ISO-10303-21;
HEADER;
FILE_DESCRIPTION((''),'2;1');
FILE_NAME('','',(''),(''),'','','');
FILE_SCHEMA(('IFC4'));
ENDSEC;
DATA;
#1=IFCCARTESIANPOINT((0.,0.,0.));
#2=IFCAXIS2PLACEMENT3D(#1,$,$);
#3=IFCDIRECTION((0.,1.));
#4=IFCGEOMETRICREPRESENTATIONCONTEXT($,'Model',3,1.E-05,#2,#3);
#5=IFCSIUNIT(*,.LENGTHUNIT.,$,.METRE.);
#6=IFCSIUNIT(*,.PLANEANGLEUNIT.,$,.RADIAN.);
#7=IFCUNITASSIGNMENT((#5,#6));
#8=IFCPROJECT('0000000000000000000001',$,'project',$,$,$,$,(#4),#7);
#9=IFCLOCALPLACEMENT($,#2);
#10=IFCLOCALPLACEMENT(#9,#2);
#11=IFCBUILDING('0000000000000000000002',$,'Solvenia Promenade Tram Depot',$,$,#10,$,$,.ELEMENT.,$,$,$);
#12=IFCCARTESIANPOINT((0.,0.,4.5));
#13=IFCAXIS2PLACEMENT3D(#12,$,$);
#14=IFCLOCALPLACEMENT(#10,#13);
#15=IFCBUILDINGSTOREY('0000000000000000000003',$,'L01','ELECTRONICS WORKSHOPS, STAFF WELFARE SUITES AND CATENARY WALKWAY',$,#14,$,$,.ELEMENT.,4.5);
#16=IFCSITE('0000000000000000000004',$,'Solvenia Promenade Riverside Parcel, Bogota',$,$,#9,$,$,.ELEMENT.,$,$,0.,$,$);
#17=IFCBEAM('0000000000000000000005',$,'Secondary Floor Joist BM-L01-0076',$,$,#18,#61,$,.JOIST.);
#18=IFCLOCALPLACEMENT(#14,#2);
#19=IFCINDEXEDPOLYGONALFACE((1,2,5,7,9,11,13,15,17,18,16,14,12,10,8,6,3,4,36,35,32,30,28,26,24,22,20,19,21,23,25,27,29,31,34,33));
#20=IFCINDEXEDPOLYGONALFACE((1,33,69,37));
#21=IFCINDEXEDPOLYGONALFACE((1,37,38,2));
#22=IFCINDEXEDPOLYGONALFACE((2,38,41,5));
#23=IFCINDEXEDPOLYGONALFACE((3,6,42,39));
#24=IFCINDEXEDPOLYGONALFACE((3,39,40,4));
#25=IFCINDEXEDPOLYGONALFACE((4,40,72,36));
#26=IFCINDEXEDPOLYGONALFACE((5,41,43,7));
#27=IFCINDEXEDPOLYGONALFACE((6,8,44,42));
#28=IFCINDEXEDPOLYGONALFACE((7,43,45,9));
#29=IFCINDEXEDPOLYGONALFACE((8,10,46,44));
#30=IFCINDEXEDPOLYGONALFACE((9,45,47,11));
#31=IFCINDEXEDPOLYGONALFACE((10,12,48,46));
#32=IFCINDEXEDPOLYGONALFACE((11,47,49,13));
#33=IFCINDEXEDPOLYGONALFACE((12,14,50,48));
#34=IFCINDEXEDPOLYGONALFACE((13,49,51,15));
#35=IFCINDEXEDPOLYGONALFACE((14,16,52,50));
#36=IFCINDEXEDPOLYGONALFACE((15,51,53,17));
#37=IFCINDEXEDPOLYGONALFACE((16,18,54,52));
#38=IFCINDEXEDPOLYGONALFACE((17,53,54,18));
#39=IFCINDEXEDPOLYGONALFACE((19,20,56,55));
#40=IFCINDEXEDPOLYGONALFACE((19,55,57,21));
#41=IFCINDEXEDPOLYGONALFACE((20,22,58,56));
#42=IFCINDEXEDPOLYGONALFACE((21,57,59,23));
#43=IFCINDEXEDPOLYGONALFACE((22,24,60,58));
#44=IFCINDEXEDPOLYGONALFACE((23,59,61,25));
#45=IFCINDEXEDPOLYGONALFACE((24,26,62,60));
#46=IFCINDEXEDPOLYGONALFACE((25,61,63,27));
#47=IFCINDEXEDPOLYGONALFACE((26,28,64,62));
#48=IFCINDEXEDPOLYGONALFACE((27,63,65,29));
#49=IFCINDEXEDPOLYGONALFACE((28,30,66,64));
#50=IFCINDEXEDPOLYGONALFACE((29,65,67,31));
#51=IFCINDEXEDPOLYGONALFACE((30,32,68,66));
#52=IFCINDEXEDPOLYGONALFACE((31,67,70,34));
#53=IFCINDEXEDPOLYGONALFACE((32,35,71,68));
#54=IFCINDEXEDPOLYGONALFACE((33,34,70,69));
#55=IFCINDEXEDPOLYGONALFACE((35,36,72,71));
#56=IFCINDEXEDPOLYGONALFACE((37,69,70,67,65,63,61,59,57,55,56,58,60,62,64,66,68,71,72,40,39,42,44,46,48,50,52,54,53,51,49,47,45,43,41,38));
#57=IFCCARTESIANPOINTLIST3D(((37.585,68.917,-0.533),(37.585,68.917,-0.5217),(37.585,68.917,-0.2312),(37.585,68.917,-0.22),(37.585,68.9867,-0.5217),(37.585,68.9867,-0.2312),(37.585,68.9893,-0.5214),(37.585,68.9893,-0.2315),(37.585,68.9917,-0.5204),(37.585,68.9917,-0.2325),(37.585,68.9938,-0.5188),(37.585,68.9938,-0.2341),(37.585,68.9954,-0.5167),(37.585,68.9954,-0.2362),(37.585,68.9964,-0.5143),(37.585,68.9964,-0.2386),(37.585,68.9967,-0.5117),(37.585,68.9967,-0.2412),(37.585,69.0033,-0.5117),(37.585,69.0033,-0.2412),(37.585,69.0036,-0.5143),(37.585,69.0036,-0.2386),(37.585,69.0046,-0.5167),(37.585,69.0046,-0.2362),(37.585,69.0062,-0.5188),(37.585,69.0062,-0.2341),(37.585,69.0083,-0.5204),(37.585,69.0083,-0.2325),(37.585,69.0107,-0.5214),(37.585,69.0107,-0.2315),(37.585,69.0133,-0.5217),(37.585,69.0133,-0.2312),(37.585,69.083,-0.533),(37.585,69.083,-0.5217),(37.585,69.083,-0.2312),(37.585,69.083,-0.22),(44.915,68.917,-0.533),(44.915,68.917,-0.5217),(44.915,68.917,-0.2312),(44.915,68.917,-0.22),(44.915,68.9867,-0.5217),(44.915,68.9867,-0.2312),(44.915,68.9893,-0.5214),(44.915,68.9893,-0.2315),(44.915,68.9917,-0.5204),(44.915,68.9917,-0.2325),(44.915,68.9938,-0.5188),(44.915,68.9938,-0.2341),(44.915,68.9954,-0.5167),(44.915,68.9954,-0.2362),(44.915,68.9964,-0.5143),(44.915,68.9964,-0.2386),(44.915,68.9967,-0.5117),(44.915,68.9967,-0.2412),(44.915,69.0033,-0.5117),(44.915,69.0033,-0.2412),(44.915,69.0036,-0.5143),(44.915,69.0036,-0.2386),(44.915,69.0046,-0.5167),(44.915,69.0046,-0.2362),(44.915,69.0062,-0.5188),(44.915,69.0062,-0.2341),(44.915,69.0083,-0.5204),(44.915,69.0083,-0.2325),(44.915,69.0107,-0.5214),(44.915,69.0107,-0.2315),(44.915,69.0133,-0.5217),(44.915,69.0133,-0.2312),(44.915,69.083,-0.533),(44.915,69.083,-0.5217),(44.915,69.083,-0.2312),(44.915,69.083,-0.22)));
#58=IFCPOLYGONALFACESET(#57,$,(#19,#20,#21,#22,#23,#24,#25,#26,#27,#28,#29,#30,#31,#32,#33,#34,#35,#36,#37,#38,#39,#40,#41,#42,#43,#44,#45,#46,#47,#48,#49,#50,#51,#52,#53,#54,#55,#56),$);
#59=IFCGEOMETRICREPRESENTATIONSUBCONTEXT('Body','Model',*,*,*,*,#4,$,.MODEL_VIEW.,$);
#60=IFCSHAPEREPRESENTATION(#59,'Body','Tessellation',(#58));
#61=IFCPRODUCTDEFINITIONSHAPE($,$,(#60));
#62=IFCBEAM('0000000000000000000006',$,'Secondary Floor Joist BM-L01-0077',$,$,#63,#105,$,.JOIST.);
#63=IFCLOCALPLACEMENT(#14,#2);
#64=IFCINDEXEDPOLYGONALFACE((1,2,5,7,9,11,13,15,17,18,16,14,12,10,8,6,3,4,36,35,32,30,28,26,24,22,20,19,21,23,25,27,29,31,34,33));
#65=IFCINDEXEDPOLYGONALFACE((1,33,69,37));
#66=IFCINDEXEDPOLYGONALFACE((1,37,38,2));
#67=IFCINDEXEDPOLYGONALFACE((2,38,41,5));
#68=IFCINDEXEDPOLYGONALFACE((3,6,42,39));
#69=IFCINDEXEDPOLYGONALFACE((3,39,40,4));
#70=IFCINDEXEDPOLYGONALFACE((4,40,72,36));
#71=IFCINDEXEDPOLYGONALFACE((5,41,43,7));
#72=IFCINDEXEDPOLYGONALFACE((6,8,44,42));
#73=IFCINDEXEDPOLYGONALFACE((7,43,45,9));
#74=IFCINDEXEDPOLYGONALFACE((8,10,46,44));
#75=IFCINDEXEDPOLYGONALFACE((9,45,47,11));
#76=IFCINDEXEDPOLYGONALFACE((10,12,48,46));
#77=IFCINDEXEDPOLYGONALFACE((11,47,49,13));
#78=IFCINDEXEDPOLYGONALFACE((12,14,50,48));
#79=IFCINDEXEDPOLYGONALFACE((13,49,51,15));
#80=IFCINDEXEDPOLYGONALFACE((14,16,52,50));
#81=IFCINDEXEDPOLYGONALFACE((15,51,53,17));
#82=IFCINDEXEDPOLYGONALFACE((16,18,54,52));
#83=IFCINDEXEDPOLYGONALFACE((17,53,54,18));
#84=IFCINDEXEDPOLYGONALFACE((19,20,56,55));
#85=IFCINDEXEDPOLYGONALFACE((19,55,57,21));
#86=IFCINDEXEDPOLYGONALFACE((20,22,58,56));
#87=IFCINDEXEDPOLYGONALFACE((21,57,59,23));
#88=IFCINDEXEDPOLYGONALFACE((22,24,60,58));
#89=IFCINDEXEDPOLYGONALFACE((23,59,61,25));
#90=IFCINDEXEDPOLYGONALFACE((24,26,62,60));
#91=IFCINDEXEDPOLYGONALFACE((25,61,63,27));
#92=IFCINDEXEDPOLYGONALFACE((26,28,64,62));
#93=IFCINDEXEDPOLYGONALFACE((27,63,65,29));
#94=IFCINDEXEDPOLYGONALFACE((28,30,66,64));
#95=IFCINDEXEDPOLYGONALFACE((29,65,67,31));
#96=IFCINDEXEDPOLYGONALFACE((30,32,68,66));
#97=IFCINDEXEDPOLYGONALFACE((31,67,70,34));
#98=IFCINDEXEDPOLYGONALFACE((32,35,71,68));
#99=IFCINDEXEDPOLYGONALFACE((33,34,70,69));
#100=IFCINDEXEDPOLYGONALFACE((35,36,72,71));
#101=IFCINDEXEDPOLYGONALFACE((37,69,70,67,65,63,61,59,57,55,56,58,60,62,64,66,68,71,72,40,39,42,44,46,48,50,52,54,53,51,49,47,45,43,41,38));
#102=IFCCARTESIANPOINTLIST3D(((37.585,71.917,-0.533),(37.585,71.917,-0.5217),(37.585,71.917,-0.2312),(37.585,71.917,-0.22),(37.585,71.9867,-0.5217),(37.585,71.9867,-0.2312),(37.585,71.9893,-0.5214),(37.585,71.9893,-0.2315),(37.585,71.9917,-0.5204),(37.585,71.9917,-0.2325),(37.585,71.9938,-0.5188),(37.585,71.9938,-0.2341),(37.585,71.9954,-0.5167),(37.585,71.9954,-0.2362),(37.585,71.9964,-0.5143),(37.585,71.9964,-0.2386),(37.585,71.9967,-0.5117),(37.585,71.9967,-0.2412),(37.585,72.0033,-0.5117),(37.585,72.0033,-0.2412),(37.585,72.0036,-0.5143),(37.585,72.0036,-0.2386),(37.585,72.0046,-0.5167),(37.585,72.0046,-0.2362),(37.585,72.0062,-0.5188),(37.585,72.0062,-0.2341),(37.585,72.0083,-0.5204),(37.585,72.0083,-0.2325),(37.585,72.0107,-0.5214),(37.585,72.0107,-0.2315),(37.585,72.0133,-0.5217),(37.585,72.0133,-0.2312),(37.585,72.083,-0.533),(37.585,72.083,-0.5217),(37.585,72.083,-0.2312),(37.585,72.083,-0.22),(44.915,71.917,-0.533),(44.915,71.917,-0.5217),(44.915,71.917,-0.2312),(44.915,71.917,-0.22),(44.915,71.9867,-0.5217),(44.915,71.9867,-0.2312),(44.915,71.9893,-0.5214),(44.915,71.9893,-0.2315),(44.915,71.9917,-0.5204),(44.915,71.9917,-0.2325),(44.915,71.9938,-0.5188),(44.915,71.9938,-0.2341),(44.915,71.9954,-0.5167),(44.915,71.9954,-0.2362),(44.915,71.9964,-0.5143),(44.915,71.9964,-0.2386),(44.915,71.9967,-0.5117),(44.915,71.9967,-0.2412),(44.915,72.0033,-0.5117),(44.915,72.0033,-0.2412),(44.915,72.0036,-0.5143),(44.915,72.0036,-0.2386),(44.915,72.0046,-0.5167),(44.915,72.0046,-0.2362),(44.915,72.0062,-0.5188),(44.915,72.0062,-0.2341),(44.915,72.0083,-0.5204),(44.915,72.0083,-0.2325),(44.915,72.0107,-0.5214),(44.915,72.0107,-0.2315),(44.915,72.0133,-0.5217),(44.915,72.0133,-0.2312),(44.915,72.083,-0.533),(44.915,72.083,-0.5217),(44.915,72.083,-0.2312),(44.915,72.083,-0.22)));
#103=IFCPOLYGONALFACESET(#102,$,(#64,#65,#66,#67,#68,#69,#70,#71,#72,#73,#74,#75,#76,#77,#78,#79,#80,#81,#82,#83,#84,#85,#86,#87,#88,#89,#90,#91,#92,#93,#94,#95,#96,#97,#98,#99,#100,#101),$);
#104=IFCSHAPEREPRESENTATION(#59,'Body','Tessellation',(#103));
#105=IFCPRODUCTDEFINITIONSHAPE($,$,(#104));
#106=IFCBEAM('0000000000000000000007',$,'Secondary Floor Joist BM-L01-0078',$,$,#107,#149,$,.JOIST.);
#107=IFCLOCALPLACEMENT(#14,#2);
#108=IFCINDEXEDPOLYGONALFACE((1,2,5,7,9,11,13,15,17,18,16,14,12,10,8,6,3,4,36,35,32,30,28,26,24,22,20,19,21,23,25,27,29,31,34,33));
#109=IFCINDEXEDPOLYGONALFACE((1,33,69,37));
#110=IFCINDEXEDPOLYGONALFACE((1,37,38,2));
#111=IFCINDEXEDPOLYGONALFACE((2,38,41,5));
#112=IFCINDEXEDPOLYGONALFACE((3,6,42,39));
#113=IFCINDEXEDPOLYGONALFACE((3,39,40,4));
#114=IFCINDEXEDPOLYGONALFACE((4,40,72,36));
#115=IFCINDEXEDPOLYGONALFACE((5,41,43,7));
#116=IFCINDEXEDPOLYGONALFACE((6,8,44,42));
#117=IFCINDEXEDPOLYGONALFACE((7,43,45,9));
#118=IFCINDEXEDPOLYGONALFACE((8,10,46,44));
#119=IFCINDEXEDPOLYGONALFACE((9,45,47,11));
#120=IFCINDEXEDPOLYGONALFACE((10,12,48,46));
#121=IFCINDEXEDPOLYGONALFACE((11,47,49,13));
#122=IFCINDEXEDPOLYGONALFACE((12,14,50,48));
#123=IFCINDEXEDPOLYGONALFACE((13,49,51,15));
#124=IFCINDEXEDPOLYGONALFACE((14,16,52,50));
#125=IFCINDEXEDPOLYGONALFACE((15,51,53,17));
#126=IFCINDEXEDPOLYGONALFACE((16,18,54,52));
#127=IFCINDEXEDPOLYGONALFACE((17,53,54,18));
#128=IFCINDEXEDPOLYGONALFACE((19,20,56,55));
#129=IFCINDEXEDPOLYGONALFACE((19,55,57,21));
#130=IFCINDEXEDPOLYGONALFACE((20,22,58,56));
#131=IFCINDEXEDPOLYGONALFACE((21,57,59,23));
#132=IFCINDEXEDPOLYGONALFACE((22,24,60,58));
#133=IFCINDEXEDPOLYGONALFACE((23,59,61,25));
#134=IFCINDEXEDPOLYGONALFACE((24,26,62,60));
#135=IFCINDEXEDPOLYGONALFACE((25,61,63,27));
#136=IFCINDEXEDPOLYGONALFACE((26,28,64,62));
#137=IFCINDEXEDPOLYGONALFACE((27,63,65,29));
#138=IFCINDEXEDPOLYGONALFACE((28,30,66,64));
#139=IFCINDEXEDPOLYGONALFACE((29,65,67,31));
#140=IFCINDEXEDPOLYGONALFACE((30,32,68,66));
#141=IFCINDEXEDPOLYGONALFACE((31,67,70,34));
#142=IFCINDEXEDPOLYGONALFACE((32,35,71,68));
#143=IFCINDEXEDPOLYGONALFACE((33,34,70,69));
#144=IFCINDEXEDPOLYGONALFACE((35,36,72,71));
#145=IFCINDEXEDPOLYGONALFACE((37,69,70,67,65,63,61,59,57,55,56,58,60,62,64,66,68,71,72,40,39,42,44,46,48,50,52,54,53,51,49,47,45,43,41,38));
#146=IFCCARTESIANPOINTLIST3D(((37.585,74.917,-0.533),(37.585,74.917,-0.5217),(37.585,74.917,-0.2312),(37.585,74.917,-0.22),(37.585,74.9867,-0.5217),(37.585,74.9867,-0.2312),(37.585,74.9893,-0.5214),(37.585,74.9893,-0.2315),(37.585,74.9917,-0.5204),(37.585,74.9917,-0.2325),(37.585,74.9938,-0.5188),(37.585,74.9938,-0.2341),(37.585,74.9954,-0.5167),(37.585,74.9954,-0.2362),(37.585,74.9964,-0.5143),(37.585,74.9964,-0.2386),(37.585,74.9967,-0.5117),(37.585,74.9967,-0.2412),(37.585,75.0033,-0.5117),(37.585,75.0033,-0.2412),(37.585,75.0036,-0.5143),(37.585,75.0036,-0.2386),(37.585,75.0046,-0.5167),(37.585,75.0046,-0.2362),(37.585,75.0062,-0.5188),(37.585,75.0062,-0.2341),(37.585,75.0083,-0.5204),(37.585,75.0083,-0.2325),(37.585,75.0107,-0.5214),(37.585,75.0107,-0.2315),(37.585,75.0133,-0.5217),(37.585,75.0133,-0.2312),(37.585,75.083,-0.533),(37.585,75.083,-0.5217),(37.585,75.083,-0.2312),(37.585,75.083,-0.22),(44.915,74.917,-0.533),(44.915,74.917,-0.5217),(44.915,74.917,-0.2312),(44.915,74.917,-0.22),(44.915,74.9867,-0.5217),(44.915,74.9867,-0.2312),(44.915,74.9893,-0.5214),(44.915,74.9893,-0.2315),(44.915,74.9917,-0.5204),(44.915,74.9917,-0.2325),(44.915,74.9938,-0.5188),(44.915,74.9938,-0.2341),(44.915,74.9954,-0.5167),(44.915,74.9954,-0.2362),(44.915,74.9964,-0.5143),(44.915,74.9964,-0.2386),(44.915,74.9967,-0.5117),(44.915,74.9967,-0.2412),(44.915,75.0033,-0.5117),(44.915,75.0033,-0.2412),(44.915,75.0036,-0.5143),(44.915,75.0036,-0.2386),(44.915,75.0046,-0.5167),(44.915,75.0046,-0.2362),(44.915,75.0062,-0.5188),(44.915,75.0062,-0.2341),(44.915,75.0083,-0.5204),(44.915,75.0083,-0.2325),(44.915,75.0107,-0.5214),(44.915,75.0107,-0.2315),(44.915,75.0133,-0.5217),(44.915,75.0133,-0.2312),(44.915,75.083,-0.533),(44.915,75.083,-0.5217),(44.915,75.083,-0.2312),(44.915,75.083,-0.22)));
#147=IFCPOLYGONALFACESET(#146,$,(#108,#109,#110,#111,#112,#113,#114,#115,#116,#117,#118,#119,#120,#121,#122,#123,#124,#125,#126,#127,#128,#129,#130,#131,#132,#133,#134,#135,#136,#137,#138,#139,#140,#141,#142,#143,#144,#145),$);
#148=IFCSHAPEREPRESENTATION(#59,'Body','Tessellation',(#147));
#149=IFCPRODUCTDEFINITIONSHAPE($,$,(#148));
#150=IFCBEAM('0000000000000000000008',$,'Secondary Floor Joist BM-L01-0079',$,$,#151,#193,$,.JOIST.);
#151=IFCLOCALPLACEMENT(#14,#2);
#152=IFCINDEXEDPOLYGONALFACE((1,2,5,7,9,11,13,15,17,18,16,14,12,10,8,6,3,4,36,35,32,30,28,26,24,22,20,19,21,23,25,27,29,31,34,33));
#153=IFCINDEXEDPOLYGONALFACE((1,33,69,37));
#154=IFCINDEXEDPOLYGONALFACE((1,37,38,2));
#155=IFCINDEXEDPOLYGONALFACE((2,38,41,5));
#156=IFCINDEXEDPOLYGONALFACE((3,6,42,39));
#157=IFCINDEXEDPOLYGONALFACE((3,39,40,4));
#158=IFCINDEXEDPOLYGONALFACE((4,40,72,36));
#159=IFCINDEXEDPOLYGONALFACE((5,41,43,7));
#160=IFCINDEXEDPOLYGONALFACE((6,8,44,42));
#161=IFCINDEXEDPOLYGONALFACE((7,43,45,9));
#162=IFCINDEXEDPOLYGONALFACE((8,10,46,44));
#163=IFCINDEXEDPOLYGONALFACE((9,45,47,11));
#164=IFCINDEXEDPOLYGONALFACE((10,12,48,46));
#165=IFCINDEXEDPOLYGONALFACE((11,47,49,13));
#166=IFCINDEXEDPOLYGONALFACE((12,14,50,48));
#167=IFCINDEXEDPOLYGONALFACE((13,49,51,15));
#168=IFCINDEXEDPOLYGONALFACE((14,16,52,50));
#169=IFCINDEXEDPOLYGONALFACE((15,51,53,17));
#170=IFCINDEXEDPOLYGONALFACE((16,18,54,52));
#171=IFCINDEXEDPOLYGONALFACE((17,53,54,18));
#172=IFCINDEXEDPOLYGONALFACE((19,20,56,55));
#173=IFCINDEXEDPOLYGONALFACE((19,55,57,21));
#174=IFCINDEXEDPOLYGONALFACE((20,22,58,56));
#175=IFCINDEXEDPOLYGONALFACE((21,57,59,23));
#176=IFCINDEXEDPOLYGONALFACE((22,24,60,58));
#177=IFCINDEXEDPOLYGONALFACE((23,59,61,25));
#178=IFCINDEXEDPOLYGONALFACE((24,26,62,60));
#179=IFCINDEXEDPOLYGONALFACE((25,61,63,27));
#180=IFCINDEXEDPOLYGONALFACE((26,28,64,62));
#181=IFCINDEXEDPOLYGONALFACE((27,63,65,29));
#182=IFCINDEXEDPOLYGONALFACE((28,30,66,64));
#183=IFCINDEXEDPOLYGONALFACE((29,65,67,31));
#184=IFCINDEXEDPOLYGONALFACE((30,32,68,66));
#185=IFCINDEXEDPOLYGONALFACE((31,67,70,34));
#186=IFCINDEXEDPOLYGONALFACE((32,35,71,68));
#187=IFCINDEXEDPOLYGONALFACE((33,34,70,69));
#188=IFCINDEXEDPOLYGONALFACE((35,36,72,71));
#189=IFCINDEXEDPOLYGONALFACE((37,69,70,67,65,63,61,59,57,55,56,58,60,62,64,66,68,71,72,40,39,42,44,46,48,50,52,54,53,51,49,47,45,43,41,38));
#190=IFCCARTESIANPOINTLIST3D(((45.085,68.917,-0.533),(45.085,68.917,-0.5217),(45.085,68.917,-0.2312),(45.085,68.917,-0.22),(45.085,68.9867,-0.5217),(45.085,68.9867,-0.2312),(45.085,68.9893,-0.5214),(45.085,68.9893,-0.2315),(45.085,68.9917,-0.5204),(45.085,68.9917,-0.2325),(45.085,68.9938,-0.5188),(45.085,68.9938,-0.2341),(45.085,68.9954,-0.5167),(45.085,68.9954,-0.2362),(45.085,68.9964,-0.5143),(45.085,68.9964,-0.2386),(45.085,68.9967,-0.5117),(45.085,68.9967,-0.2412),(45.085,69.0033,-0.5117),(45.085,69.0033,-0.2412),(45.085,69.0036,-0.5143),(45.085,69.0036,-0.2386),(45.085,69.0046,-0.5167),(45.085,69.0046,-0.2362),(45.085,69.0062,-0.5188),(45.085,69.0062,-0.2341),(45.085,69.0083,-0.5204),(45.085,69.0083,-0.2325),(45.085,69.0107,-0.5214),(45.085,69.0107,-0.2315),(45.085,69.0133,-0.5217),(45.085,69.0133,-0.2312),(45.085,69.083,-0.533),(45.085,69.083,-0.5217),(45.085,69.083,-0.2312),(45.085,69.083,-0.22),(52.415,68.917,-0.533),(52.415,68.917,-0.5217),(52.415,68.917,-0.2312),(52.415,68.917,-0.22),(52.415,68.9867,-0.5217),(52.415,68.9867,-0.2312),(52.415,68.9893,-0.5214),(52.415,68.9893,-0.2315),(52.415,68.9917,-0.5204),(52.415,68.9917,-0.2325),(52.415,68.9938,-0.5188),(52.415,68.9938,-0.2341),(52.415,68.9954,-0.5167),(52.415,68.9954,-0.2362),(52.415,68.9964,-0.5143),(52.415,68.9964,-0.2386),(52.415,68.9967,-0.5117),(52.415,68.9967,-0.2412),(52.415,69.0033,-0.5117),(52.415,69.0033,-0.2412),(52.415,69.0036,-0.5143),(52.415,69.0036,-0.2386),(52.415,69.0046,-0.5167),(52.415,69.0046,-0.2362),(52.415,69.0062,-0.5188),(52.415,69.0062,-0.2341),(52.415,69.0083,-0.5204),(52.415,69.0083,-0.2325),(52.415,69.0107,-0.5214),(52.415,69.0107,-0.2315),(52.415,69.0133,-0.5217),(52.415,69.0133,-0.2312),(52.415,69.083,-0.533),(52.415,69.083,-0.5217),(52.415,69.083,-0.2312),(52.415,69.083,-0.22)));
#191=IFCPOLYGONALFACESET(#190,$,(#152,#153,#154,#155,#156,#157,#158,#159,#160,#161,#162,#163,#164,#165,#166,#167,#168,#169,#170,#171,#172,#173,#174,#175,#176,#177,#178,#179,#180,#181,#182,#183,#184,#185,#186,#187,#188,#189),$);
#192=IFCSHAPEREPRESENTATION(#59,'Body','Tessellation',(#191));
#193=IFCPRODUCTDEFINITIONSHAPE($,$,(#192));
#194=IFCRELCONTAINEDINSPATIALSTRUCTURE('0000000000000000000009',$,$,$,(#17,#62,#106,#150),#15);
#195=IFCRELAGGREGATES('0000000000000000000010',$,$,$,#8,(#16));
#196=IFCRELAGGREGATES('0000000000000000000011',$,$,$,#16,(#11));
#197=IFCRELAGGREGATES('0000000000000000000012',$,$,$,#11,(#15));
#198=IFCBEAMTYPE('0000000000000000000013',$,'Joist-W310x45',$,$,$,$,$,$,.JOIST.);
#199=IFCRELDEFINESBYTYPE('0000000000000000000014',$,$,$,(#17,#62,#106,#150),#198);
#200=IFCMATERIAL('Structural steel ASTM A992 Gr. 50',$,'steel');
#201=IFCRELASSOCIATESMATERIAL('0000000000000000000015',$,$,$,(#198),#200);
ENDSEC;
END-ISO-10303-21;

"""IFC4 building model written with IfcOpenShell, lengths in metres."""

from ifc_helpers import new_model, si_unit, direction, frame, origin, origin_2d, place, context, subcontext, project, spatial, i_section, extrude, material, material_profile, profile_set, type_object, element, save


model = new_model("IFC4")

# Units and contexts
model_context = context("Model", 3, precision=1e-05, world=origin(), true_north=direction((0.0, 1.0)))
body_context = subcontext(model_context, "Body", "Model", "MODEL_VIEW")
ifc_project = project(units=[si_unit("LENGTHUNIT", "METRE"), si_unit("PLANEANGLEUNIT", "RADIAN")], contexts=[model_context])

# Site, building, storey
site_placement = place(None, origin())
site = spatial("IfcSite", under=ifc_project, at=site_placement, Name="Solvenia Promenade Riverside Parcel, Bogota", CompositionType="ELEMENT", RefElevation=0.0)
building_placement = place(site_placement, origin())
building = spatial("IfcBuilding", under=site, at=building_placement, Name="Solvenia Promenade Tram Depot", CompositionType="ELEMENT")
storey_placement = place(building_placement, frame((0.0, 0.0, 4.5)))
storey = spatial("IfcBuildingStorey", under=building, at=storey_placement, Name="L01", Description="ELECTRONICS WORKSHOPS, STAFF WELFARE SUITES AND CATENARY WALKWAY", CompositionType="ELEMENT", Elevation=4.5)

# Shared definitions
ifc_material_1 = material(Name="Structural steel ASTM A992 Gr. 50", Category="steel")

# Beams
ifc_material_profile_1 = material_profile(ifc_material_1, i_section(OverallWidth=0.166, OverallDepth=0.313, WebThickness=0.0066, FlangeThickness=0.0112, FilletRadius=0.01, at=origin_2d()), Name="W310x45", Category="steel")
ifc_profile_set_1 = profile_set([ifc_material_profile_1], Name="Structural steel ASTM A992 Gr. 50")
beam_type_1 = type_object("IfcBeamType", Name="Joist-W310x45", PredefinedType="JOIST", material=ifc_profile_set_1)
for number, where, z_axis, x_axis, name in (
    (1, (37.585, 69.0, -0.3765), (1.0, 0.0, 0.0), (0.0, 1.0, 0.0), "Secondary Floor Joist BM-L01-0076"),
    (2, (37.585, 72.0, -0.3765), (1.0, 0.0, 0.0), (0.0, 1.0, 0.0), "Secondary Floor Joist BM-L01-0077"),
    (3, (37.585, 75.0, -0.3765), (1.0, 0.0, 0.0), (0.0, 1.0, 0.0), "Secondary Floor Joist BM-L01-0078"),
    (4, (45.085, 69.0, -0.3765), (1.0, 0.0, 0.0), (0.0, 1.0, 0.0), "Secondary Floor Joist BM-L01-0079"),
):
    element("IfcBeam", number, at=place(storey_placement, frame(where, z_axis=z_axis, x_axis=x_axis)), inside=storey, type_object=beam_type_1, Name=name, PredefinedType="JOIST", context=body_context, shape_type="SweptSolid", body=[
        extrude(i_section(OverallWidth=0.166, OverallDepth=0.313, WebThickness=0.0066, FlangeThickness=0.0112, FilletRadius=0.01, at=origin_2d()), origin(), (0.0, 0.0, 1.0), 7.3301),
    ])

save(model, "model.ifc")
